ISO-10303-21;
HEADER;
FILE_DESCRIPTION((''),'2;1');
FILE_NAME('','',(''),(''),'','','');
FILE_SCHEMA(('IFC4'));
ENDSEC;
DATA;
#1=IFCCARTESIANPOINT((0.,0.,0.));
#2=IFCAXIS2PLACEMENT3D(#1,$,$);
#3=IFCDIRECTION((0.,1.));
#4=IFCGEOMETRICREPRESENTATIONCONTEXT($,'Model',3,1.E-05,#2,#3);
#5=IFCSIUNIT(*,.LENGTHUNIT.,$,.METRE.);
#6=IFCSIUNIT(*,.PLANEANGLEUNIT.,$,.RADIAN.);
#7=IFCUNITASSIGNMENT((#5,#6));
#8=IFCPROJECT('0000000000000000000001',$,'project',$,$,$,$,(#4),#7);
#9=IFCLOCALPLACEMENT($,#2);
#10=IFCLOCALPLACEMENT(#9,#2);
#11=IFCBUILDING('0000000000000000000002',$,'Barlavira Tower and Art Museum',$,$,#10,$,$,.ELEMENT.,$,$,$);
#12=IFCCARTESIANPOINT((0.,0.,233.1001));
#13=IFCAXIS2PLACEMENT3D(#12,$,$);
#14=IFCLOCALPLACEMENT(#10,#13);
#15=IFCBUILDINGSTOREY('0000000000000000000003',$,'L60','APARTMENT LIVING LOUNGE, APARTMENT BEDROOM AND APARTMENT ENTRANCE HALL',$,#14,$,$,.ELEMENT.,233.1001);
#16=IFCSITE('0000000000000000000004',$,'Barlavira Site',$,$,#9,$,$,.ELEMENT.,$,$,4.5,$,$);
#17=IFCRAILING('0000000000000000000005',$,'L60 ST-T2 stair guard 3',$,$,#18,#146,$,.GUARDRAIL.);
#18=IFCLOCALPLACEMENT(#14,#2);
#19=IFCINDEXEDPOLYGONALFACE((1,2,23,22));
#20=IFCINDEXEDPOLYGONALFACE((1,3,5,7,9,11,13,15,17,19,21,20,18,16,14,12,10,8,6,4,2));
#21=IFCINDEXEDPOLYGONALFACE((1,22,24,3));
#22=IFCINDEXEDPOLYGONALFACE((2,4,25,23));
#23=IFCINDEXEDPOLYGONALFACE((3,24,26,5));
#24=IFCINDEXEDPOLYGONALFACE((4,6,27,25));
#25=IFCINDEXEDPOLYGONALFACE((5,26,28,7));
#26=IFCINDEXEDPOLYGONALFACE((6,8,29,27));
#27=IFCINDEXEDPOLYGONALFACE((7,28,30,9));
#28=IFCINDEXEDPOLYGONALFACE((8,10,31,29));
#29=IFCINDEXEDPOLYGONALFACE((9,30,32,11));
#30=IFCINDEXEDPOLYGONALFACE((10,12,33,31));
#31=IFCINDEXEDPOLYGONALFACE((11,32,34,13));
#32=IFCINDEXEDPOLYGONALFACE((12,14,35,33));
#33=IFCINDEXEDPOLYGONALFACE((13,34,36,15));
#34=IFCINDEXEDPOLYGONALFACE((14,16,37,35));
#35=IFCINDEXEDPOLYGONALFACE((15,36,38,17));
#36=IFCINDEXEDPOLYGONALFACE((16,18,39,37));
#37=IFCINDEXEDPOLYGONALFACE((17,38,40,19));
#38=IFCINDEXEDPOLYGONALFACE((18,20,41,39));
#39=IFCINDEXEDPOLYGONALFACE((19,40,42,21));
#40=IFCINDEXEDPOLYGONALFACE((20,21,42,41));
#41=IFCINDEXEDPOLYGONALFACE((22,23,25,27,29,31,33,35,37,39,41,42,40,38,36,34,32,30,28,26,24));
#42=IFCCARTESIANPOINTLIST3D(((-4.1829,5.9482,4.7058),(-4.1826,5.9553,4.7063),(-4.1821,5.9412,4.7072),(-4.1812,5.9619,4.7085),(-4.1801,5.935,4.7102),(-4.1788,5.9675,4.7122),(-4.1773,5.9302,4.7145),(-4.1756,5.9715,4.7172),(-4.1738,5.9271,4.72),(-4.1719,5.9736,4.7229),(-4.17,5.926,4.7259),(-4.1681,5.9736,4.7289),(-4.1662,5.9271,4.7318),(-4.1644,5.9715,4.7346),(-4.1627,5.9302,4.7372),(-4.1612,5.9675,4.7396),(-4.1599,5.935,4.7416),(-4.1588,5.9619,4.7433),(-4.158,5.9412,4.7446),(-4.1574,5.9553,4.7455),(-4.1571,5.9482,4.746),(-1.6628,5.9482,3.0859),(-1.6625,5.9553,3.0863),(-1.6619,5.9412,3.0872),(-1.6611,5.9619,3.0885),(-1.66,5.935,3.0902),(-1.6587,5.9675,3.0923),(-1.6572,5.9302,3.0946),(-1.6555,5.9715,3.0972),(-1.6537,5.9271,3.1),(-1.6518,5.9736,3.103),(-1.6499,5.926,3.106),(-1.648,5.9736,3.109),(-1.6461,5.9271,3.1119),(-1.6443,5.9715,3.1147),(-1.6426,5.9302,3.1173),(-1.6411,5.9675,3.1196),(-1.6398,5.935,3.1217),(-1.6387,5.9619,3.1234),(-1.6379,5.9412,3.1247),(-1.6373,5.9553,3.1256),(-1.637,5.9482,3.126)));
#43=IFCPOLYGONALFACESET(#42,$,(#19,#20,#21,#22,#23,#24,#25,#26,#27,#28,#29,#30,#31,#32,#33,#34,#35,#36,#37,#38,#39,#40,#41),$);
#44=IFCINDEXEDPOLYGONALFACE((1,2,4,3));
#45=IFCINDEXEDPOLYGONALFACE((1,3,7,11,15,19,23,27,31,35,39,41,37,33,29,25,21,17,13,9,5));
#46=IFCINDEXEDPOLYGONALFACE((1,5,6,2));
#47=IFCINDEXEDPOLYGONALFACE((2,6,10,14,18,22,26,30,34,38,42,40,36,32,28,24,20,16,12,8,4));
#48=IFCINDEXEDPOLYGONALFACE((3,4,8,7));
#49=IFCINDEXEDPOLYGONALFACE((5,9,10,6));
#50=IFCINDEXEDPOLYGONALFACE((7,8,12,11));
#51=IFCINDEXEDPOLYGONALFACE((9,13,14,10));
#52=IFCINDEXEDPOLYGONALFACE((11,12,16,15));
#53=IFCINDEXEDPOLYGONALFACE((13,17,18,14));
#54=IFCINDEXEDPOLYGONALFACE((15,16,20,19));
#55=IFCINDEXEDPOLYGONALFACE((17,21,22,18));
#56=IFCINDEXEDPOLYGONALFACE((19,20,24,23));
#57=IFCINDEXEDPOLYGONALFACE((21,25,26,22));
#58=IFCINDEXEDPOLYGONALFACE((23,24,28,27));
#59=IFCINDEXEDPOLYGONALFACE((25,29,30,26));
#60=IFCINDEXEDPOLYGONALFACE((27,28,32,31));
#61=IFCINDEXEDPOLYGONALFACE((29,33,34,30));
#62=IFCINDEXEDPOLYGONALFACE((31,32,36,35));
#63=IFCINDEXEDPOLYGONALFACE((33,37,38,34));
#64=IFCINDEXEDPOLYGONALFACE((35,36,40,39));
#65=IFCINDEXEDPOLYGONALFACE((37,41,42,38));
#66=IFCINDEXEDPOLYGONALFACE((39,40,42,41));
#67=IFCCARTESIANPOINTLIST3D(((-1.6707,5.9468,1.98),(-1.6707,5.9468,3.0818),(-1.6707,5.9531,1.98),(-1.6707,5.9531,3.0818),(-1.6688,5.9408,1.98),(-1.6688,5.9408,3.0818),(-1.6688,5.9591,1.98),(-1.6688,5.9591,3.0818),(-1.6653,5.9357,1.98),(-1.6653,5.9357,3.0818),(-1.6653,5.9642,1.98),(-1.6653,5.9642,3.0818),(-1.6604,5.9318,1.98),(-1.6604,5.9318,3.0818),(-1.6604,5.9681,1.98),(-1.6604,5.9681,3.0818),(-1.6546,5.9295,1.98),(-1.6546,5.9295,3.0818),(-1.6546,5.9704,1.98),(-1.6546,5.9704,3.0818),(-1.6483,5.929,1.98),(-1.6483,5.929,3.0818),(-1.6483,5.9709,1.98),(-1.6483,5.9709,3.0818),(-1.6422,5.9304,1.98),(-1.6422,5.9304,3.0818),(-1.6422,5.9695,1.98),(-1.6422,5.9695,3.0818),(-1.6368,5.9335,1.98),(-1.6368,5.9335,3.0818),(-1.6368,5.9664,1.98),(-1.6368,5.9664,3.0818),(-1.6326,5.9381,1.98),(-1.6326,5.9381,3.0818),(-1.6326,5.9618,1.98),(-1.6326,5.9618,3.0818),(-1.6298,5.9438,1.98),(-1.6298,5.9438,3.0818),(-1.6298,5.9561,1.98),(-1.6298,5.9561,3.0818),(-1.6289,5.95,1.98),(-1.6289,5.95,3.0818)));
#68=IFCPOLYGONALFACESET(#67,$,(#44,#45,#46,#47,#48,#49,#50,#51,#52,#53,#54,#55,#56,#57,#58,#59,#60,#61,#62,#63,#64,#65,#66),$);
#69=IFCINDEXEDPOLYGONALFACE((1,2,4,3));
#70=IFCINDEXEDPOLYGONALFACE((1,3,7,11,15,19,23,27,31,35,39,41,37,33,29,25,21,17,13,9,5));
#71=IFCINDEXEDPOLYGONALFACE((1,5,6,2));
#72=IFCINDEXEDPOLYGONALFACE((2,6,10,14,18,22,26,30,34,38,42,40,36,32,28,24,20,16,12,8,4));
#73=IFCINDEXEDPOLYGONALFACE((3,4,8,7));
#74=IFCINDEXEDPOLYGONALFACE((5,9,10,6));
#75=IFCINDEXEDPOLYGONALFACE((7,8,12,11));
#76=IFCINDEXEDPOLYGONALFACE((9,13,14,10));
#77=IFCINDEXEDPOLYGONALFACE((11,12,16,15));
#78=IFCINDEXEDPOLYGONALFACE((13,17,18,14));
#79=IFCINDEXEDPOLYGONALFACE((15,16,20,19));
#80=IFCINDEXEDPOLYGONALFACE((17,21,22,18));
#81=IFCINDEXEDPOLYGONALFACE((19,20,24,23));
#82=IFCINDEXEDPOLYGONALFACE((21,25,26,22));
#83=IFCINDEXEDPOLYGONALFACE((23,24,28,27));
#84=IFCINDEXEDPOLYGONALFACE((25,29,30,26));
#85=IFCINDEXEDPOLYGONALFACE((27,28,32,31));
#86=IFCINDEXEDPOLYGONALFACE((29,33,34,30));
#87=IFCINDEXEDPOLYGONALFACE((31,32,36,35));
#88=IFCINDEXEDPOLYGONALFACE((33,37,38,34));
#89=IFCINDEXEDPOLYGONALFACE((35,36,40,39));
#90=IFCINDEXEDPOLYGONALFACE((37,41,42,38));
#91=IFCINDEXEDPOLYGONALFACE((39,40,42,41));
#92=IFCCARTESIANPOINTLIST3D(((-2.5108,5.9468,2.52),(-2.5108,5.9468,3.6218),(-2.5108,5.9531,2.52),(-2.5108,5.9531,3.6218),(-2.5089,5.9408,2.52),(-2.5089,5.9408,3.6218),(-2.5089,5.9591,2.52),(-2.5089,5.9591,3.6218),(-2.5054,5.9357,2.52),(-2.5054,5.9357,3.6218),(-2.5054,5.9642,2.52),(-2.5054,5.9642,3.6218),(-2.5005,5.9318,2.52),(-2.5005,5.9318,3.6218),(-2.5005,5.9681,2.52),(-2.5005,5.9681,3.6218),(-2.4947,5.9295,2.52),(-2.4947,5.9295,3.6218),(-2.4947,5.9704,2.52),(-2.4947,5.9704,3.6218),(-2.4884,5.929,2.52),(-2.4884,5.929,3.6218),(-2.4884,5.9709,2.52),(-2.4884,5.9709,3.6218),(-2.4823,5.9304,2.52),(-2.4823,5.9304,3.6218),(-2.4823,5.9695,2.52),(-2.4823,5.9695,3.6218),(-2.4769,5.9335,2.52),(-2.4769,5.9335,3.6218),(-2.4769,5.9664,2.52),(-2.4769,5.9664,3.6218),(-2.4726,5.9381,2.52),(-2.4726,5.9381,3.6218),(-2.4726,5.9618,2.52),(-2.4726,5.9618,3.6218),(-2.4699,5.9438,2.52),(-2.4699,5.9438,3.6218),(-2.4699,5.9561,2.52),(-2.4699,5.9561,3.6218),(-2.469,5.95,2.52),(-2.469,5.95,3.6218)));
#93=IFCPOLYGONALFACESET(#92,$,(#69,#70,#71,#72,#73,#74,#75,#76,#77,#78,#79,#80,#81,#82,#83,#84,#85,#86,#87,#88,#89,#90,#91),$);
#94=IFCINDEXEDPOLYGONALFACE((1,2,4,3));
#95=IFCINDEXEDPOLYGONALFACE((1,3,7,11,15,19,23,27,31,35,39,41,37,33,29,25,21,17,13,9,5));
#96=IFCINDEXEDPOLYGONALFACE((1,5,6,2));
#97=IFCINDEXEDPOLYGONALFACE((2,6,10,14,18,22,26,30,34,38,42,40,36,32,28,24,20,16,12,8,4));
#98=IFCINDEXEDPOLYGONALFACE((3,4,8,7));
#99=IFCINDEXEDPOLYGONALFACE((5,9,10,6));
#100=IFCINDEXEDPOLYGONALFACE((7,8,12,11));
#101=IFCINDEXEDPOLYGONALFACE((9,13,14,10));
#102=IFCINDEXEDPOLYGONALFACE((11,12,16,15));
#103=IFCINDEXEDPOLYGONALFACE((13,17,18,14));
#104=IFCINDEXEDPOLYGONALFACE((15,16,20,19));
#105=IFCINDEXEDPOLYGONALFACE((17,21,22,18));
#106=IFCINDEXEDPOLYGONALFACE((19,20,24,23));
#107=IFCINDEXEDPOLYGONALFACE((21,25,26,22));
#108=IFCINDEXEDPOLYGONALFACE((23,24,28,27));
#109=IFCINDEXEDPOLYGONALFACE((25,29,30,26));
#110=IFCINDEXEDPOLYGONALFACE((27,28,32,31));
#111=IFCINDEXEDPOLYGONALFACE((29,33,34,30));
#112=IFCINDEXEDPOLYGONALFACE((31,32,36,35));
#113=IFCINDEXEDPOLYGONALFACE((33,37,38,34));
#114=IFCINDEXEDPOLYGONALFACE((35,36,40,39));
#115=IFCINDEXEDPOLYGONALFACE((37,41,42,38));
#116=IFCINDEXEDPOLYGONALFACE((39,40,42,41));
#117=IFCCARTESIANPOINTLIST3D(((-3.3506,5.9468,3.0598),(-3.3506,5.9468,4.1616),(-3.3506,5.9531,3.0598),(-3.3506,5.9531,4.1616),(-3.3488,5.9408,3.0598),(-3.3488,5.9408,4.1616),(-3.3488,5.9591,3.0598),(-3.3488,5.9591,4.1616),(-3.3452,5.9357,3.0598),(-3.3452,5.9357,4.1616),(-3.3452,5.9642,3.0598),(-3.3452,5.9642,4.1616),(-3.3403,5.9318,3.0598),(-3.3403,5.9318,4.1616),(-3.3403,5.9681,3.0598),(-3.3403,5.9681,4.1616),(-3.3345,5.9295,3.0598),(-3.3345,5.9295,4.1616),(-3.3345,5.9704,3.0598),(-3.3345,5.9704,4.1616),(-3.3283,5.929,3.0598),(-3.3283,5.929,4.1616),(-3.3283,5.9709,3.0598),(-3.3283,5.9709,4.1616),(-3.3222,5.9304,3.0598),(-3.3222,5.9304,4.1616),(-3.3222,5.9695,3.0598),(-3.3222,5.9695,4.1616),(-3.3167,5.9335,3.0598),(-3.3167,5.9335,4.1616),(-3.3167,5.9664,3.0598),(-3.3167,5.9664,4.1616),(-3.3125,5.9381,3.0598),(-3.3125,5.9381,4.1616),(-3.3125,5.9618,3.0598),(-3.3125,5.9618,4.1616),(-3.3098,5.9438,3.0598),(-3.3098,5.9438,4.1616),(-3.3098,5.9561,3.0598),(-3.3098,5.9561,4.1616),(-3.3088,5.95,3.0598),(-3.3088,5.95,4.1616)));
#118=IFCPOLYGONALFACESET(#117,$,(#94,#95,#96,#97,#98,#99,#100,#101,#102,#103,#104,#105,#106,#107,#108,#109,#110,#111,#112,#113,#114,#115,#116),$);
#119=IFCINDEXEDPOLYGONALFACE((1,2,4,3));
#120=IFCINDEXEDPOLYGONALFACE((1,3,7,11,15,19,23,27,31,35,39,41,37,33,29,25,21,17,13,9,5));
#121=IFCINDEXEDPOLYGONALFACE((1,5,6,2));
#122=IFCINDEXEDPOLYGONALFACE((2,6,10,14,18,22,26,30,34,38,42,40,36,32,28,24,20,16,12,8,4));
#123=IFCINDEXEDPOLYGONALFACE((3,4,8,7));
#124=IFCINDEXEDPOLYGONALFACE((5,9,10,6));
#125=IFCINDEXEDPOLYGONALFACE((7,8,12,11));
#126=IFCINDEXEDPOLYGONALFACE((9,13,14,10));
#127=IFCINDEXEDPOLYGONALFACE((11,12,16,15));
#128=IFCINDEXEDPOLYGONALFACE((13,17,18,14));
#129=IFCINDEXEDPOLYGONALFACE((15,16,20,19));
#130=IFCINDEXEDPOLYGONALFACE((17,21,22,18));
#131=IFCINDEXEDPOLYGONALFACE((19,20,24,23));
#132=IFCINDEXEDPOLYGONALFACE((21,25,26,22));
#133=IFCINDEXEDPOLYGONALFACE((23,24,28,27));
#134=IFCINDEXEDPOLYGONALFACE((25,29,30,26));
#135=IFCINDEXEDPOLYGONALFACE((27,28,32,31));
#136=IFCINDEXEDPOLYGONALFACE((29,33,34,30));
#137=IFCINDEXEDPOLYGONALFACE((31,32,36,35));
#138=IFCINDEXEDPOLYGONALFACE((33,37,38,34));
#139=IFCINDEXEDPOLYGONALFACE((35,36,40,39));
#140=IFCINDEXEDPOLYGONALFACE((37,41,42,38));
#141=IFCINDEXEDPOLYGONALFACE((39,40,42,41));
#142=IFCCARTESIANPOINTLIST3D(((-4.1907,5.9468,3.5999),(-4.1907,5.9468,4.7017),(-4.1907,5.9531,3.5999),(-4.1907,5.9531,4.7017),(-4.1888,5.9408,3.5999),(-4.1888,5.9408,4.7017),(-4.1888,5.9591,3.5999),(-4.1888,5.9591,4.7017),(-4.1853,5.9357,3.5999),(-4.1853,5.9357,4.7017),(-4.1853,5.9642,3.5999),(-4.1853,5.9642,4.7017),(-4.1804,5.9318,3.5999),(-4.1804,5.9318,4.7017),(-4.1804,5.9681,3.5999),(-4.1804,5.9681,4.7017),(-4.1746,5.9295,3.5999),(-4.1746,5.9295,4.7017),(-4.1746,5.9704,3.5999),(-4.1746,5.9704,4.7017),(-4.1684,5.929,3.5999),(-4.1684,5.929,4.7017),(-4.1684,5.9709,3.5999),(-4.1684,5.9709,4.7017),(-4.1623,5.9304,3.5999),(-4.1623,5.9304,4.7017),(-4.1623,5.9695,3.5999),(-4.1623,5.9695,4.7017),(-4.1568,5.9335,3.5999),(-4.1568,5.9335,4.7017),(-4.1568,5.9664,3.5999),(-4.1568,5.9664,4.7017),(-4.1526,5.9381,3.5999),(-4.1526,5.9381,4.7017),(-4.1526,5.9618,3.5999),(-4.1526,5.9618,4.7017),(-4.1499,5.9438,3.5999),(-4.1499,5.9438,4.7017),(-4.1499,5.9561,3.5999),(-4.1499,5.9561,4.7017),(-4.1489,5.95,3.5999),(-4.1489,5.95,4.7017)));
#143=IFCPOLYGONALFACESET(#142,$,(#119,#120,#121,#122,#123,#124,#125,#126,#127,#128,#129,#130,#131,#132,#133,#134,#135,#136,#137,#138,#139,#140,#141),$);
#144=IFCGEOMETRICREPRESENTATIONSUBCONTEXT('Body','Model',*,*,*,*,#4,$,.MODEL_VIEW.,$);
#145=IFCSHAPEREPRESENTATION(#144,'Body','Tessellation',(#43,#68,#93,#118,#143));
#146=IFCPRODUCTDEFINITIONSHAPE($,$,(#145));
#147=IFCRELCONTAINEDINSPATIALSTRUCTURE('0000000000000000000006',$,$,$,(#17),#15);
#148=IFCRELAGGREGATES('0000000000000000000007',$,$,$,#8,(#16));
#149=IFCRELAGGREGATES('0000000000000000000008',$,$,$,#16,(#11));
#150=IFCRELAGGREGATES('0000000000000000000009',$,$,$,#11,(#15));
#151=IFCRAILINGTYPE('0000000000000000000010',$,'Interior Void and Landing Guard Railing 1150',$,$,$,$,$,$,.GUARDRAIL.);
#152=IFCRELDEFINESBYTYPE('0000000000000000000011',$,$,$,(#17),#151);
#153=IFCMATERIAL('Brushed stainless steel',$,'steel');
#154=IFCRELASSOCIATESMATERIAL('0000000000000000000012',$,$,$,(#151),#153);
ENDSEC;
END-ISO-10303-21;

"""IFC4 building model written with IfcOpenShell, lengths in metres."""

from ifc_helpers import new_model, si_unit, direction, frame, origin, origin_2d, place, context, subcontext, project, spatial, circle, extrude, material, type_object, element, save


model = new_model("IFC4")

# Units and contexts
model_context = context("Model", 3, precision=1e-05, world=origin(), true_north=direction((0.0, 1.0)))
body_context = subcontext(model_context, "Body", "Model", "MODEL_VIEW")
ifc_project = project(units=[si_unit("LENGTHUNIT", "METRE"), si_unit("PLANEANGLEUNIT", "RADIAN")], contexts=[model_context])

# Site, building, storey
site_placement = place(None, origin())
site = spatial("IfcSite", under=ifc_project, at=site_placement, Name="Barlavira Site", CompositionType="ELEMENT", RefElevation=4.5)
building_placement = place(site_placement, origin())
building = spatial("IfcBuilding", under=site, at=building_placement, Name="Barlavira Tower and Art Museum", CompositionType="ELEMENT")
storey_placement = place(building_placement, frame((0.0, 0.0, 233.1001)))
storey = spatial("IfcBuildingStorey", under=building, at=storey_placement, Name="L60", Description="APARTMENT LIVING LOUNGE, APARTMENT BEDROOM AND APARTMENT ENTRANCE HALL", CompositionType="ELEMENT", Elevation=233.1001)

# Shared definitions
ifc_material_1 = material(Name="Brushed stainless steel", Category="steel")

# Railing
railing_type_1 = type_object("IfcRailingType", Name="Interior Void and Landing Guard Railing 1150", PredefinedType="GUARDRAIL", material=ifc_material_1)
railing_1_placement = place(storey_placement, frame((-1.6499, 5.95, 1.98)))
element("IfcRailing", 1, at=railing_1_placement, inside=storey, type_object=railing_type_1, Name="L60 ST-T2 stair guard 3", PredefinedType="GUARDRAIL", context=body_context, shape_type="SweptSolid", body=[
    extrude(circle(Radius=0.0239, at=origin_2d()), frame((0.0, 0.0, 1.126), z_axis=(-0.8412, 0.0, 0.540725), x_axis=(0.0, -1.0, 0.0)), (0.0, 0.0, 1.0), 2.9958),
    extrude(circle(Radius=0.021, at=origin_2d()), origin(), (0.0, 0.0, 1.0), 1.1018),
    extrude(circle(Radius=0.021, at=origin_2d()), frame((-0.8401, 0.0, 0.54)), (0.0, 0.0, 1.0), 1.1018),
    extrude(circle(Radius=0.021, at=origin_2d()), frame((-1.6799, 0.0, 1.0798)), (0.0, 0.0, 1.0), 1.1018),
    extrude(circle(Radius=0.021, at=origin_2d()), frame((-2.52, 0.0, 1.6199)), (0.0, 0.0, 1.0), 1.1018),
])

save(model, "model.ifc")
